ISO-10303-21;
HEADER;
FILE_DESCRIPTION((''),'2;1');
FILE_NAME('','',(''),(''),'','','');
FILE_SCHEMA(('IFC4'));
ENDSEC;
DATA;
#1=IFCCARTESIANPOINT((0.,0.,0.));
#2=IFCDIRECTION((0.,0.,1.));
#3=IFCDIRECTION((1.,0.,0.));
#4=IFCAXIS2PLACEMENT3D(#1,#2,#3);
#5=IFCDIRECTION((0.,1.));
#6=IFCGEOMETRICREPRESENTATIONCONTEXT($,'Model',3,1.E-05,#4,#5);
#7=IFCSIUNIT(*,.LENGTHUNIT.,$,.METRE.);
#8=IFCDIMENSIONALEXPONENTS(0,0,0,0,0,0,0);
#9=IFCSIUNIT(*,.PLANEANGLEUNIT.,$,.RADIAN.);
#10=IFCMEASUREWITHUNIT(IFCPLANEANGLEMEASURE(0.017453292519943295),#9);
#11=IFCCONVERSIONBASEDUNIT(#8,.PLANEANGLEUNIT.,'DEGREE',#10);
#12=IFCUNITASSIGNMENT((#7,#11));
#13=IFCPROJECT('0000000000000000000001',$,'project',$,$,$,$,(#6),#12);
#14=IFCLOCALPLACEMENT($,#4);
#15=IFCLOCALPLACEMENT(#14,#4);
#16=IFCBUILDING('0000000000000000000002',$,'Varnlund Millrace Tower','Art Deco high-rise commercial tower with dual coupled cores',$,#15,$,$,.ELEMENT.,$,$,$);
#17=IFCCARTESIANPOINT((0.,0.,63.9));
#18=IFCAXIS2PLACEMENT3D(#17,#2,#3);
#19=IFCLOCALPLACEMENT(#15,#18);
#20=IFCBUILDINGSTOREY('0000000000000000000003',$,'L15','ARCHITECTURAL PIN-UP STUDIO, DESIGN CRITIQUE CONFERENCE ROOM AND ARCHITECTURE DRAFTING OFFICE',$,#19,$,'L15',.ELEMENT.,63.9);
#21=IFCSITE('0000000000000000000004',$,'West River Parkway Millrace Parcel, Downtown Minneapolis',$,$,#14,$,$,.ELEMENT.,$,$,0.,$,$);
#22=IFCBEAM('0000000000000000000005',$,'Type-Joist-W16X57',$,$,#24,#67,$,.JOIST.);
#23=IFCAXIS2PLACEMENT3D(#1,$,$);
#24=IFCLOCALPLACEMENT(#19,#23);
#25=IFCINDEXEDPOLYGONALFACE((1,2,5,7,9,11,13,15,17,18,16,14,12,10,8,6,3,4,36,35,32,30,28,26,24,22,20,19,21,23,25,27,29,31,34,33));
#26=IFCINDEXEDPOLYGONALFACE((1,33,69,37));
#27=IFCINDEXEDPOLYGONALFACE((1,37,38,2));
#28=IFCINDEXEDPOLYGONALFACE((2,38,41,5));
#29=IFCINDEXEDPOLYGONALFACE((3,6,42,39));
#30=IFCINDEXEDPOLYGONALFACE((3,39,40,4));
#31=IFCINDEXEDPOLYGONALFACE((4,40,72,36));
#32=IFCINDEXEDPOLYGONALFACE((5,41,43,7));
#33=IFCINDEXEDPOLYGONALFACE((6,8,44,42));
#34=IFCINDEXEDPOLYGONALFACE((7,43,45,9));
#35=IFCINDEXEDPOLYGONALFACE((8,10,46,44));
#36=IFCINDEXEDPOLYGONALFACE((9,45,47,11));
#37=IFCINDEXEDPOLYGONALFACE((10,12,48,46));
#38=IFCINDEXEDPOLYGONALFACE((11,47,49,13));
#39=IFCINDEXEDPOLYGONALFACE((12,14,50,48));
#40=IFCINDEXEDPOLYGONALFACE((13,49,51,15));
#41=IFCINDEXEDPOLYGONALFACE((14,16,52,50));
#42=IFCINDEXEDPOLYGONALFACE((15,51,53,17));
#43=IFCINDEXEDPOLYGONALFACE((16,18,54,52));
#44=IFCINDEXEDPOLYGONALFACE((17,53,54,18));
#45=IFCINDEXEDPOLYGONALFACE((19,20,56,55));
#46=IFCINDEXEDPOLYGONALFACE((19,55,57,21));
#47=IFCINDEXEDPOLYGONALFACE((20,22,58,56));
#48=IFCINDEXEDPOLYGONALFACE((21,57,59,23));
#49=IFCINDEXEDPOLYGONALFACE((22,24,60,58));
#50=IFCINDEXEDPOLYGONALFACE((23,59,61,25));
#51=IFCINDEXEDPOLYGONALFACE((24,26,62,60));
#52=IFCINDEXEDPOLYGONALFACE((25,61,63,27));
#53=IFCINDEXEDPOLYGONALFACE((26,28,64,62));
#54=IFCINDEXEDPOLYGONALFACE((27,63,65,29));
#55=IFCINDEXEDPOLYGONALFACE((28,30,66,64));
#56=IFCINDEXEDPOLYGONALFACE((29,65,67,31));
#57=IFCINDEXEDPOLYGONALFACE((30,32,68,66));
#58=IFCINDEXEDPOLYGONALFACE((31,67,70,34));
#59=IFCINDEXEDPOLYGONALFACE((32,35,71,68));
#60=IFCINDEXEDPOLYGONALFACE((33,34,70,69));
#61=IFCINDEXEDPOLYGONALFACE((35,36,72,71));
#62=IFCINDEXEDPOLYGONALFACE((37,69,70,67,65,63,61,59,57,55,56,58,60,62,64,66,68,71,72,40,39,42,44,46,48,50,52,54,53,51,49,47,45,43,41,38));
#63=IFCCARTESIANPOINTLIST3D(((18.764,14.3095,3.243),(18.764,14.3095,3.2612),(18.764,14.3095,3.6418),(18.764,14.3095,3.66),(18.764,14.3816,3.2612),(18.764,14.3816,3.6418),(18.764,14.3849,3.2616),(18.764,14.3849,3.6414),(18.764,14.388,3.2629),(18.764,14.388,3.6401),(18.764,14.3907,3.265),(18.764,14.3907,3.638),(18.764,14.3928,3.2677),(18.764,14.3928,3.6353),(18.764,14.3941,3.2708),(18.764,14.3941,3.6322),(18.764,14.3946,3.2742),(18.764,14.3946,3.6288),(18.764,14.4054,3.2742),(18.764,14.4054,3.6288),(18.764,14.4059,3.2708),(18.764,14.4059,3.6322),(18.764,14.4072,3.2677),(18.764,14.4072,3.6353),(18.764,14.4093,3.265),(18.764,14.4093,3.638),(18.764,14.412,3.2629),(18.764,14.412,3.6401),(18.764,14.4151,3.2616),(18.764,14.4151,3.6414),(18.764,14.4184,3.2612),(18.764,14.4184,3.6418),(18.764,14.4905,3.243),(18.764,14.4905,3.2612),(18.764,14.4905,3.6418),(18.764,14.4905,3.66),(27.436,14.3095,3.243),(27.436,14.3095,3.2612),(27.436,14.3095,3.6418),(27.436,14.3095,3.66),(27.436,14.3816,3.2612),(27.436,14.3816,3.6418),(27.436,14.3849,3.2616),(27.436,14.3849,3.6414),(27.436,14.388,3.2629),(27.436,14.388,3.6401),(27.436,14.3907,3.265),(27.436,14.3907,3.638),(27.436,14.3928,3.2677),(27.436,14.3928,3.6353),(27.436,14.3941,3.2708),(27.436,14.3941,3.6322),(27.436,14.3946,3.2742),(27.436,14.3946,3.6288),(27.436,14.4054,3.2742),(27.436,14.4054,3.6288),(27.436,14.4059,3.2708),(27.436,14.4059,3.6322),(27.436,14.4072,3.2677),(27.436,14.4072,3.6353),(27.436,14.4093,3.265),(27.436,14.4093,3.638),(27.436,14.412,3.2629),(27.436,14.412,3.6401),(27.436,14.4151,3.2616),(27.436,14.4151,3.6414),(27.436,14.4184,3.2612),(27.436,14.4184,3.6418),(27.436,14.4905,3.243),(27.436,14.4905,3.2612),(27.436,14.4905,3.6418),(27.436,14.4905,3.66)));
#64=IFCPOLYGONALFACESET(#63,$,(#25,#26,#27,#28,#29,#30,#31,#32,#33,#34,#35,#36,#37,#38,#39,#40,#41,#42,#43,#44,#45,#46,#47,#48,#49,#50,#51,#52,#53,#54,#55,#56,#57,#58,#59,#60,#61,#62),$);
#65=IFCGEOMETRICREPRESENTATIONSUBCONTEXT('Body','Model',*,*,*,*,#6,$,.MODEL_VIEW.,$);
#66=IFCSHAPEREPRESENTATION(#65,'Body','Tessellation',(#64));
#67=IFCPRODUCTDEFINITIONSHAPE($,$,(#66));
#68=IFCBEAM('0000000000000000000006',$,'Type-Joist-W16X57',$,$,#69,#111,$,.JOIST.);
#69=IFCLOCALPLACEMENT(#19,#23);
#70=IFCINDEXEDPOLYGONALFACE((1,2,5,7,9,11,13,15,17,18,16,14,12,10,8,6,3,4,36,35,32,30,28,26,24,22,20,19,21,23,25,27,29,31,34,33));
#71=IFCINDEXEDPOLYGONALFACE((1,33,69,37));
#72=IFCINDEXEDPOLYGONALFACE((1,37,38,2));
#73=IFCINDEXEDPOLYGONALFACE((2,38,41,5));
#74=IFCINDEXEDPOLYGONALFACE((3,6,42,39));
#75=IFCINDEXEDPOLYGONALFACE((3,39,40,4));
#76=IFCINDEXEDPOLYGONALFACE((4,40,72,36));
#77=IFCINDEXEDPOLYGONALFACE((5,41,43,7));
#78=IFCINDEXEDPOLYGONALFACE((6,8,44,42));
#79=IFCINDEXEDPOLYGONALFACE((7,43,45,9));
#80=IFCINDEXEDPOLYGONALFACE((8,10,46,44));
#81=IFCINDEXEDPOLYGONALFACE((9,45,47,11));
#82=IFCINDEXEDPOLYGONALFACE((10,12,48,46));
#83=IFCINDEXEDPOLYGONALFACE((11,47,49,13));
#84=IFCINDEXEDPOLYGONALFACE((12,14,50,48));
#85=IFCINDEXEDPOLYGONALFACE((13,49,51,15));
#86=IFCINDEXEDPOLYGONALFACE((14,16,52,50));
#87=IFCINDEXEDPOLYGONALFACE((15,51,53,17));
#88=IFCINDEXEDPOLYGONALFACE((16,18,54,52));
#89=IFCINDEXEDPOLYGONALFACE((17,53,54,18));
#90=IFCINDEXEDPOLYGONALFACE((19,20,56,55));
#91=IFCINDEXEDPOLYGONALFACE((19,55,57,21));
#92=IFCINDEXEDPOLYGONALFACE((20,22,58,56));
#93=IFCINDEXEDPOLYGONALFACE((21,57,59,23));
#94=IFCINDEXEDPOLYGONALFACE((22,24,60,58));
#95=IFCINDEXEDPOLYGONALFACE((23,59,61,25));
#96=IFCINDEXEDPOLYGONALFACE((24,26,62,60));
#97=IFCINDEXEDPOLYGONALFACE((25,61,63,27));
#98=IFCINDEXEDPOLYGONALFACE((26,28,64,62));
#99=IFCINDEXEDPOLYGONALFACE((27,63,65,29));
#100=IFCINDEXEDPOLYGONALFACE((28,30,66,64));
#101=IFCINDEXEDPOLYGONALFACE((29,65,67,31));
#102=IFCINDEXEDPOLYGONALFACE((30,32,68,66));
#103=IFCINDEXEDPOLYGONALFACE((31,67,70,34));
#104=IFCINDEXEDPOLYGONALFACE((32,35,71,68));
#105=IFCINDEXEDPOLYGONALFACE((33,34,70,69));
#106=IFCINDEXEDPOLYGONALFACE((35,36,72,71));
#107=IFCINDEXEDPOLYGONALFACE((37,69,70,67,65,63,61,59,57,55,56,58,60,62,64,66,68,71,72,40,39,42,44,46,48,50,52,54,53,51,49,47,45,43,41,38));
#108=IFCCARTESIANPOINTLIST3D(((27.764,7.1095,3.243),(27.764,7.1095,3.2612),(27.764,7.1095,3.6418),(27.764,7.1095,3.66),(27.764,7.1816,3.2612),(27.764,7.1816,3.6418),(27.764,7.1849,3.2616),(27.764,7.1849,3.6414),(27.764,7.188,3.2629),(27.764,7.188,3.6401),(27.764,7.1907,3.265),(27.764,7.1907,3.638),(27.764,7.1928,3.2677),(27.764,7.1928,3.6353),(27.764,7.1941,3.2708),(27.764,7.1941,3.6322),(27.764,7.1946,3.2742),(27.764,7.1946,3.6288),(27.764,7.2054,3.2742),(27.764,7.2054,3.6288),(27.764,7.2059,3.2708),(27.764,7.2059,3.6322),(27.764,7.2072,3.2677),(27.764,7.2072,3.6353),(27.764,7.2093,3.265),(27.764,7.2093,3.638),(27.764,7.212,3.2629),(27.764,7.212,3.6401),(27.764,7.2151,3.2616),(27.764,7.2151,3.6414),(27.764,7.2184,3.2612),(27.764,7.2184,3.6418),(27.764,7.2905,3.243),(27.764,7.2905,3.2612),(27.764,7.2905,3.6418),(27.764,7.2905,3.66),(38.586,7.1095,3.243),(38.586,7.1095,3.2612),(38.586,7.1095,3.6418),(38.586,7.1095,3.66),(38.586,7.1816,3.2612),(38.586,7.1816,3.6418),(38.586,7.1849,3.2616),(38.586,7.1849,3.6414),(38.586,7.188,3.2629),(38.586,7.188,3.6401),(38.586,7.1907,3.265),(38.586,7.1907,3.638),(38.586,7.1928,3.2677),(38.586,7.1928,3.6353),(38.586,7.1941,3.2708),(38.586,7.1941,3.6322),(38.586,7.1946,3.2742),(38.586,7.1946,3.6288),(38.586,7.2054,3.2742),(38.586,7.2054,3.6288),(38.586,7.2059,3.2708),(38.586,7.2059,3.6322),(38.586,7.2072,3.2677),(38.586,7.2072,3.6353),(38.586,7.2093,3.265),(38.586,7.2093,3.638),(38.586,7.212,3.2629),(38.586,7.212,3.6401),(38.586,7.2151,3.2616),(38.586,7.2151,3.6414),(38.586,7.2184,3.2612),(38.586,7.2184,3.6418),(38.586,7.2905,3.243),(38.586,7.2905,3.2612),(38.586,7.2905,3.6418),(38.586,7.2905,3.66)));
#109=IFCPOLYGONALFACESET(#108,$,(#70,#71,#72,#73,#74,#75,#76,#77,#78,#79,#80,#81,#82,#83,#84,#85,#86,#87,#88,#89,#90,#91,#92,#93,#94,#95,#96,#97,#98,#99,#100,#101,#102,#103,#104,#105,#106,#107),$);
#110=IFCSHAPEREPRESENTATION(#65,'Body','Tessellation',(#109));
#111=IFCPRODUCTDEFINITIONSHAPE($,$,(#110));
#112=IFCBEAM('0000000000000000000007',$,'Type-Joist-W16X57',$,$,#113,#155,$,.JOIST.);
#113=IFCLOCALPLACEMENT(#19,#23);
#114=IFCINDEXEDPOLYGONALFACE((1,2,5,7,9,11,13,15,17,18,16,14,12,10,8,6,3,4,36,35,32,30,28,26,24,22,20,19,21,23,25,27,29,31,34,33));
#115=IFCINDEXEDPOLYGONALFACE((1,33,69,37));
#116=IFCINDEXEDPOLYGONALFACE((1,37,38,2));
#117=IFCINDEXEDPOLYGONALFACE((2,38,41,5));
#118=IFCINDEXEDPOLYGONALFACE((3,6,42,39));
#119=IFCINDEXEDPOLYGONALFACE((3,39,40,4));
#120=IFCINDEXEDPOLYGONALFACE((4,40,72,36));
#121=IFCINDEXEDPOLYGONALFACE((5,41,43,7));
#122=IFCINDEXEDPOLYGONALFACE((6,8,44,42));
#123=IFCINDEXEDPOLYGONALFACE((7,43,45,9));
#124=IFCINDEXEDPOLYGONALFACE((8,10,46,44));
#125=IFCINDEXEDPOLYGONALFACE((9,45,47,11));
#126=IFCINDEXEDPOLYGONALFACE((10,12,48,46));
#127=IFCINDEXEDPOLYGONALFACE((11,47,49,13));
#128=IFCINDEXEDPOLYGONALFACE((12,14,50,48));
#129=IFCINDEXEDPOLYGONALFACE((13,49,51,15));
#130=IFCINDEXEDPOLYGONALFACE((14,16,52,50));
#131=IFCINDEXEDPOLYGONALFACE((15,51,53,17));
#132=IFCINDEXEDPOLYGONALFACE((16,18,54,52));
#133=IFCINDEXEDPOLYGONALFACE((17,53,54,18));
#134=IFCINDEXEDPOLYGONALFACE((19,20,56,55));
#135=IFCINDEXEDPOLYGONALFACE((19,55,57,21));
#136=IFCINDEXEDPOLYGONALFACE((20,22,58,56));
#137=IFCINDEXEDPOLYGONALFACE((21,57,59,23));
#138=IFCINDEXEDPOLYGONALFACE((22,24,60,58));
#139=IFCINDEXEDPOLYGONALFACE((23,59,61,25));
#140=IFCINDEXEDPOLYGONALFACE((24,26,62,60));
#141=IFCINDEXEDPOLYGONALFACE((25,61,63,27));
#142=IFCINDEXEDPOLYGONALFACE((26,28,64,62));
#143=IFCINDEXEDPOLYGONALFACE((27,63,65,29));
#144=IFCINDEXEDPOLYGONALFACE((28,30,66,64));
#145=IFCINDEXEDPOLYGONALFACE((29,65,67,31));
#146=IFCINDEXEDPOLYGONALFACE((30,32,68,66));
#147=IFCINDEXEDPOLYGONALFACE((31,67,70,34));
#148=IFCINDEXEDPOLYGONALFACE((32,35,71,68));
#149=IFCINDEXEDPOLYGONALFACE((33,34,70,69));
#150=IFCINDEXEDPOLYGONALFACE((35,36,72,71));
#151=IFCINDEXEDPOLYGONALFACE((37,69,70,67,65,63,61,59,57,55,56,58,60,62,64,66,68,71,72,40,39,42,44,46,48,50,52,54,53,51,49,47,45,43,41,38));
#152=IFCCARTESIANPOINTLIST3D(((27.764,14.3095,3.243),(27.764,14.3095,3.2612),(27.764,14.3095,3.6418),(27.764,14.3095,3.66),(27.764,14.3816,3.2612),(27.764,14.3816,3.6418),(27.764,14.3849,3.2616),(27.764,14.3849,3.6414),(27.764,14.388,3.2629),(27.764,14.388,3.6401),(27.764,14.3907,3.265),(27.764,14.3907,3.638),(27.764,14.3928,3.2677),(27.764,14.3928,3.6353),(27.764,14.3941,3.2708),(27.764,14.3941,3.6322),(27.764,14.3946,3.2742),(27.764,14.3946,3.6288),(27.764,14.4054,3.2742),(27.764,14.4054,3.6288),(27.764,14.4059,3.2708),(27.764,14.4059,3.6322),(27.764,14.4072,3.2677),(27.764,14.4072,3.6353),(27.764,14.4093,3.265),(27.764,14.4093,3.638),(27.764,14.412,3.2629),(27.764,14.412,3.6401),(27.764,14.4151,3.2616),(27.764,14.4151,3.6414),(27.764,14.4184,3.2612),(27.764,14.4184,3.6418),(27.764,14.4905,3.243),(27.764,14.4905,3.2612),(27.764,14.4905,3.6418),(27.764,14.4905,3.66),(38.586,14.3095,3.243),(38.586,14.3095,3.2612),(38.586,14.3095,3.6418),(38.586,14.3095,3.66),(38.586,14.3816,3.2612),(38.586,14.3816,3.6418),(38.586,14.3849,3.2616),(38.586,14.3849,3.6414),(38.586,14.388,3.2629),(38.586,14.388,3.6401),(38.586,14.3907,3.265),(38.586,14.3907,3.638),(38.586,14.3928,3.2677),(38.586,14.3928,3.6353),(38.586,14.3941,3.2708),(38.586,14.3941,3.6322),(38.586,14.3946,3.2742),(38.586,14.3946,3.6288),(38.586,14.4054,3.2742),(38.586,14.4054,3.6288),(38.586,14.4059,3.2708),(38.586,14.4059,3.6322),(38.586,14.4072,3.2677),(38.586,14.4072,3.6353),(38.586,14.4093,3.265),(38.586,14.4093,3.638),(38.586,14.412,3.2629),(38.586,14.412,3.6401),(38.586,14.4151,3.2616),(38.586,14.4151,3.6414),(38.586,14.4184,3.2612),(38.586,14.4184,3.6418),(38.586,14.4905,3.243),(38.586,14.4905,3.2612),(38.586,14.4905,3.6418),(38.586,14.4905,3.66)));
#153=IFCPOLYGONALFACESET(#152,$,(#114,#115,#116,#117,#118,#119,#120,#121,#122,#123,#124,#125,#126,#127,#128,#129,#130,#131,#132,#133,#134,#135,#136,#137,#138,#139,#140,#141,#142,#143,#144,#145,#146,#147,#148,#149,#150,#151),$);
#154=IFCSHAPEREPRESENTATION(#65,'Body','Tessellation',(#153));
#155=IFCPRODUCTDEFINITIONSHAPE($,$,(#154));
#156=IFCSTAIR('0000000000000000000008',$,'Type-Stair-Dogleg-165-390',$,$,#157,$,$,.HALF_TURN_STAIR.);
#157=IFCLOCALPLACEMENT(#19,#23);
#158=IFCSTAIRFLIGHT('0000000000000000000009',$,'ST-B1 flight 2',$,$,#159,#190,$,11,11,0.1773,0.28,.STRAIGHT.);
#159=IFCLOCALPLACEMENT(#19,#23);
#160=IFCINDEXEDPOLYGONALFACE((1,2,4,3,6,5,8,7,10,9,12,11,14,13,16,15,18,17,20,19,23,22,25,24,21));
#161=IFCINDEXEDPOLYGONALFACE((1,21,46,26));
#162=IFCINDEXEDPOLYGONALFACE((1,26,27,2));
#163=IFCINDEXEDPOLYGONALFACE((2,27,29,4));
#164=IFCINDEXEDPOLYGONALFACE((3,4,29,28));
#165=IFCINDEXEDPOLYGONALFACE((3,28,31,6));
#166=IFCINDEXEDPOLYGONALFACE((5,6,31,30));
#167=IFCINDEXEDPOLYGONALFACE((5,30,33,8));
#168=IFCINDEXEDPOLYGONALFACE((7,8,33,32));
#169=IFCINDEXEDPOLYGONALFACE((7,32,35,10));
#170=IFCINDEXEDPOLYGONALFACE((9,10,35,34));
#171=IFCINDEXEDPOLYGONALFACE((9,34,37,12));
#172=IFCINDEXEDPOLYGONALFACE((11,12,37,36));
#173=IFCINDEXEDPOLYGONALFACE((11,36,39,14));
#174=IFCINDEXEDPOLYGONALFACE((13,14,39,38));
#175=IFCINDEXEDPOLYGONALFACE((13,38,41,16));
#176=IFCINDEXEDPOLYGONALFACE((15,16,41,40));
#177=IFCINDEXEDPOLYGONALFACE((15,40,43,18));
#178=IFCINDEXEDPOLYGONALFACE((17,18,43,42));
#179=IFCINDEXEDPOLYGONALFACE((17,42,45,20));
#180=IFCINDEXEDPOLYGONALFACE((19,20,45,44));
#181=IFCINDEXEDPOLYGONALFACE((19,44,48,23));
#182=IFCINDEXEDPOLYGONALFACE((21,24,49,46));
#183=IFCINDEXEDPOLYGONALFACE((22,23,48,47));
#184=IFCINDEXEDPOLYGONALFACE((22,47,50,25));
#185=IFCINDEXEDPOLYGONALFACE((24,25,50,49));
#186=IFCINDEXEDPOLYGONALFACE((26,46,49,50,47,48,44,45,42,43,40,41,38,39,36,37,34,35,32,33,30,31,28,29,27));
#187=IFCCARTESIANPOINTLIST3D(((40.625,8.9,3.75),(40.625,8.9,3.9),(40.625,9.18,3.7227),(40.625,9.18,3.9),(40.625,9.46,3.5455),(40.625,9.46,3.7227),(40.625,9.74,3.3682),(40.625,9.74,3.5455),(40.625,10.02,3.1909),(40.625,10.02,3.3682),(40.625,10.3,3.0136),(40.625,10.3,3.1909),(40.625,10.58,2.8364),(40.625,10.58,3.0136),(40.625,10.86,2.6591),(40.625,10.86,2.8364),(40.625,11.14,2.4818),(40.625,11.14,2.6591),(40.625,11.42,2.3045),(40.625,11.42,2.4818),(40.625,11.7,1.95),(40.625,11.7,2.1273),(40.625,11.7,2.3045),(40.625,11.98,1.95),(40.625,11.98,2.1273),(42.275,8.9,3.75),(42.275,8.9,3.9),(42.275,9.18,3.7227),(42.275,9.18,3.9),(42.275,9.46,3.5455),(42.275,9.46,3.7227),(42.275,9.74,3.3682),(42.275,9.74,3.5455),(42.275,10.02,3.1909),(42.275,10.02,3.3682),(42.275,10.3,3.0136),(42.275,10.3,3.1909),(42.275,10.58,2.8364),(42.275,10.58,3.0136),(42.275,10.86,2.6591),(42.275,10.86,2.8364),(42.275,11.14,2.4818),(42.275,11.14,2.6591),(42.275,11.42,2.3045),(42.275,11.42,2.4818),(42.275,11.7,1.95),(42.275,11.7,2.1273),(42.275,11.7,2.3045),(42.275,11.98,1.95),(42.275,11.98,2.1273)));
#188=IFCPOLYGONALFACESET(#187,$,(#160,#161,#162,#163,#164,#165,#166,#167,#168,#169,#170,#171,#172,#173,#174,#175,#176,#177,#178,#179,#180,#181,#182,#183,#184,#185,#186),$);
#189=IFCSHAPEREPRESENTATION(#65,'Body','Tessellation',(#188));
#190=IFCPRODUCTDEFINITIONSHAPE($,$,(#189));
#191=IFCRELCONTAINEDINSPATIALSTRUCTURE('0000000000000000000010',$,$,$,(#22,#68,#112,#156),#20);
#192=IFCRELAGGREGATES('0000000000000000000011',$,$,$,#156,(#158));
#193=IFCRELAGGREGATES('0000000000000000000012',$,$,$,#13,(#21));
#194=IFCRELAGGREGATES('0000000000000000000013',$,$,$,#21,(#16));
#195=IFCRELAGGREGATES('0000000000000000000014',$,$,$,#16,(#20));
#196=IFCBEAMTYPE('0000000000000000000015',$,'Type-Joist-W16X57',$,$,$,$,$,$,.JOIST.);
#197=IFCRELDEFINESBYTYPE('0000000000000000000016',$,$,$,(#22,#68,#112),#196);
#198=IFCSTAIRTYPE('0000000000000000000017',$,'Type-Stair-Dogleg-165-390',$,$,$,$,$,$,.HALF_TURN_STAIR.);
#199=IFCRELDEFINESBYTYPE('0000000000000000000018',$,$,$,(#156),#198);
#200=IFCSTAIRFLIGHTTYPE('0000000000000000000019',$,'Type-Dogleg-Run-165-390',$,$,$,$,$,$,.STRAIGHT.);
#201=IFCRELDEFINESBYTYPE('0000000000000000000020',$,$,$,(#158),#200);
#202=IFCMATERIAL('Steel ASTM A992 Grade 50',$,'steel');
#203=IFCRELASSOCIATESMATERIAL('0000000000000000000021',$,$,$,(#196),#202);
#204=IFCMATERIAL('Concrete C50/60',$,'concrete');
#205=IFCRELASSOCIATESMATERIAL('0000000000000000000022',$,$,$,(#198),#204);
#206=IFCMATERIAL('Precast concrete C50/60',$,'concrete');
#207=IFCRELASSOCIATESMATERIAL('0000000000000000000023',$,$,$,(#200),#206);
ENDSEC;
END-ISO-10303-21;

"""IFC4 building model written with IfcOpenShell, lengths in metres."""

from ifc_helpers import new_model, entity, si_unit, converted_unit, direction, frame, origin_with_axes, origin_2d_with_axis, place, context, subcontext, project, spatial, polyline, i_section, outline, extrude, material, material_profile, profile_set, type_object, element, aggregate, save


model = new_model("IFC4")

# Units and contexts
model_context = context("Model", 3, precision=1e-05, world=origin_with_axes(), true_north=direction((0.0, 1.0)))
body_context = subcontext(model_context, "Body", "Model", "MODEL_VIEW")
ifc_project = project(units=[si_unit("LENGTHUNIT", "METRE"), converted_unit("PLANEANGLEUNIT", "DEGREE", entity("IfcPlaneAngleMeasure", 0.017453292519943295), si_unit("PLANEANGLEUNIT", "RADIAN"), dimensions=[0, 0, 0, 0, 0, 0, 0])], contexts=[model_context])

# Site, building, storey
site_placement = place(None, origin_with_axes())
site = spatial("IfcSite", under=ifc_project, at=site_placement, Name="West River Parkway Millrace Parcel, Downtown Minneapolis", CompositionType="ELEMENT", RefElevation=0.0)
building_placement = place(site_placement, origin_with_axes())
building = spatial("IfcBuilding", under=site, at=building_placement, Name="Varnlund Millrace Tower", Description="Art Deco high-rise commercial tower with dual coupled cores", CompositionType="ELEMENT")
storey_placement = place(building_placement, frame((0.0, 0.0, 63.9), z_axis=(0.0, 0.0, 1.0), x_axis=(1.0, 0.0, 0.0)))
storey = spatial("IfcBuildingStorey", under=building, at=storey_placement, Name="L15", Description="ARCHITECTURAL PIN-UP STUDIO, DESIGN CRITIQUE CONFERENCE ROOM AND ARCHITECTURE DRAFTING OFFICE", LongName="L15", CompositionType="ELEMENT", Elevation=63.9)

# Beams
ifc_material_1 = material(Name="Steel ASTM A992 Grade 50", Category="steel")
ifc_material_profile_1 = material_profile(ifc_material_1, i_section(OverallWidth=0.181, OverallDepth=0.417, WebThickness=0.0109, FlangeThickness=0.0182, FilletRadius=0.013, at=origin_2d_with_axis()), Name="Steel ASTM A992 Grade 50")
ifc_profile_set_1 = profile_set([ifc_material_profile_1], Name="Steel ASTM A992 Grade 50")
beam_type_1 = type_object("IfcBeamType", Name="Type-Joist-W16X57", PredefinedType="JOIST", material=ifc_profile_set_1)
for number, where, z_axis, x_axis, name in (
    (1, (18.764, 14.4, 3.4515), (1.0, 0.0, 0.0), (0.0, 1.0, 0.0), "Type-Joist-W16X57"),
):
    element("IfcBeam", number, at=place(storey_placement, frame(where, z_axis=z_axis, x_axis=x_axis)), inside=storey, type_object=beam_type_1, Name=name, PredefinedType="JOIST", context=body_context, shape_type="SweptSolid", body=[
        extrude(i_section(OverallWidth=0.181, OverallDepth=0.417, WebThickness=0.0109, FlangeThickness=0.0182, FilletRadius=0.013, at=origin_2d_with_axis()), origin_with_axes(), (0.0, 0.0, 1.0), 8.672),
    ])
for number, where, z_axis, x_axis, name in (
    (2, (27.764, 7.2, 3.4515), (1.0, 0.0, 0.0), (0.0, 1.0, 0.0), "Type-Joist-W16X57"),
    (3, (27.764, 14.4, 3.4515), (1.0, 0.0, 0.0), (0.0, 1.0, 0.0), "Type-Joist-W16X57"),
):
    element("IfcBeam", number, at=place(storey_placement, frame(where, z_axis=z_axis, x_axis=x_axis)), inside=storey, type_object=beam_type_1, Name=name, PredefinedType="JOIST", context=body_context, shape_type="SweptSolid", body=[
        extrude(i_section(OverallWidth=0.181, OverallDepth=0.417, WebThickness=0.0109, FlangeThickness=0.0182, FilletRadius=0.013, at=origin_2d_with_axis()), origin_with_axes(), (0.0, 0.0, 1.0), 10.822),
    ])

# Stair, stair flight
ifc_material_2 = material(Name="Concrete C50/60", Category="concrete")
stair_type = type_object("IfcStairType", Name="Type-Stair-Dogleg-165-390", PredefinedType="HALF_TURN_STAIR", material=ifc_material_2)
stair_placement = place(storey_placement, origin_with_axes())
stair = element("IfcStair", 4, at=stair_placement, inside=storey, type_object=stair_type, Name="Type-Stair-Dogleg-165-390", PredefinedType="HALF_TURN_STAIR")
ifc_material_3 = material(Name="Precast concrete C50/60", Category="concrete")
stair_flight_type = type_object("IfcStairFlightType", Name="Type-Dogleg-Run-165-390", PredefinedType="STRAIGHT", material=ifc_material_3)
stair_flight_placement = place(storey_placement, frame((42.275, 11.98, 1.95), z_axis=(-1.0, 0.0, 0.0), x_axis=(0.0, -1.0, 0.0)))
stair_flight = element("IfcStairFlight", 5, at=stair_flight_placement, type_object=stair_flight_type, Name="ST-B1 flight 2", NumberOfRisers=11, NumberOfTreads=11, PredefinedType="STRAIGHT", RiserHeight=0.1773, TreadLength=0.28, context=body_context, shape_type="SweptSolid", body=[
    extrude(outline(polyline([(0.0, 0.0), (0.0, 0.1773), (0.28, 0.1773), (0.28, 0.3545), (0.56, 0.3545), (0.56, 0.5318), (0.84, 0.5318), (0.84, 0.7091), (1.12, 0.7091), (1.12, 0.8864), (1.4, 0.8864), (1.4, 1.0636), (1.68, 1.0636), (1.68, 1.2409), (1.96, 1.2409), (1.96, 1.4182), (2.24, 1.4182), (2.24, 1.5955), (2.52, 1.5955), (2.52, 1.7727), (2.8, 1.7727), (2.8, 1.95), (3.08, 1.95), (3.08, 1.8), (0.28, 0.0), (0.0, 0.0)])), origin_with_axes(), (0.0, 0.0, 1.0), 1.65),
])
aggregate(stair, [stair_flight])

save(model, "model.ifc")
